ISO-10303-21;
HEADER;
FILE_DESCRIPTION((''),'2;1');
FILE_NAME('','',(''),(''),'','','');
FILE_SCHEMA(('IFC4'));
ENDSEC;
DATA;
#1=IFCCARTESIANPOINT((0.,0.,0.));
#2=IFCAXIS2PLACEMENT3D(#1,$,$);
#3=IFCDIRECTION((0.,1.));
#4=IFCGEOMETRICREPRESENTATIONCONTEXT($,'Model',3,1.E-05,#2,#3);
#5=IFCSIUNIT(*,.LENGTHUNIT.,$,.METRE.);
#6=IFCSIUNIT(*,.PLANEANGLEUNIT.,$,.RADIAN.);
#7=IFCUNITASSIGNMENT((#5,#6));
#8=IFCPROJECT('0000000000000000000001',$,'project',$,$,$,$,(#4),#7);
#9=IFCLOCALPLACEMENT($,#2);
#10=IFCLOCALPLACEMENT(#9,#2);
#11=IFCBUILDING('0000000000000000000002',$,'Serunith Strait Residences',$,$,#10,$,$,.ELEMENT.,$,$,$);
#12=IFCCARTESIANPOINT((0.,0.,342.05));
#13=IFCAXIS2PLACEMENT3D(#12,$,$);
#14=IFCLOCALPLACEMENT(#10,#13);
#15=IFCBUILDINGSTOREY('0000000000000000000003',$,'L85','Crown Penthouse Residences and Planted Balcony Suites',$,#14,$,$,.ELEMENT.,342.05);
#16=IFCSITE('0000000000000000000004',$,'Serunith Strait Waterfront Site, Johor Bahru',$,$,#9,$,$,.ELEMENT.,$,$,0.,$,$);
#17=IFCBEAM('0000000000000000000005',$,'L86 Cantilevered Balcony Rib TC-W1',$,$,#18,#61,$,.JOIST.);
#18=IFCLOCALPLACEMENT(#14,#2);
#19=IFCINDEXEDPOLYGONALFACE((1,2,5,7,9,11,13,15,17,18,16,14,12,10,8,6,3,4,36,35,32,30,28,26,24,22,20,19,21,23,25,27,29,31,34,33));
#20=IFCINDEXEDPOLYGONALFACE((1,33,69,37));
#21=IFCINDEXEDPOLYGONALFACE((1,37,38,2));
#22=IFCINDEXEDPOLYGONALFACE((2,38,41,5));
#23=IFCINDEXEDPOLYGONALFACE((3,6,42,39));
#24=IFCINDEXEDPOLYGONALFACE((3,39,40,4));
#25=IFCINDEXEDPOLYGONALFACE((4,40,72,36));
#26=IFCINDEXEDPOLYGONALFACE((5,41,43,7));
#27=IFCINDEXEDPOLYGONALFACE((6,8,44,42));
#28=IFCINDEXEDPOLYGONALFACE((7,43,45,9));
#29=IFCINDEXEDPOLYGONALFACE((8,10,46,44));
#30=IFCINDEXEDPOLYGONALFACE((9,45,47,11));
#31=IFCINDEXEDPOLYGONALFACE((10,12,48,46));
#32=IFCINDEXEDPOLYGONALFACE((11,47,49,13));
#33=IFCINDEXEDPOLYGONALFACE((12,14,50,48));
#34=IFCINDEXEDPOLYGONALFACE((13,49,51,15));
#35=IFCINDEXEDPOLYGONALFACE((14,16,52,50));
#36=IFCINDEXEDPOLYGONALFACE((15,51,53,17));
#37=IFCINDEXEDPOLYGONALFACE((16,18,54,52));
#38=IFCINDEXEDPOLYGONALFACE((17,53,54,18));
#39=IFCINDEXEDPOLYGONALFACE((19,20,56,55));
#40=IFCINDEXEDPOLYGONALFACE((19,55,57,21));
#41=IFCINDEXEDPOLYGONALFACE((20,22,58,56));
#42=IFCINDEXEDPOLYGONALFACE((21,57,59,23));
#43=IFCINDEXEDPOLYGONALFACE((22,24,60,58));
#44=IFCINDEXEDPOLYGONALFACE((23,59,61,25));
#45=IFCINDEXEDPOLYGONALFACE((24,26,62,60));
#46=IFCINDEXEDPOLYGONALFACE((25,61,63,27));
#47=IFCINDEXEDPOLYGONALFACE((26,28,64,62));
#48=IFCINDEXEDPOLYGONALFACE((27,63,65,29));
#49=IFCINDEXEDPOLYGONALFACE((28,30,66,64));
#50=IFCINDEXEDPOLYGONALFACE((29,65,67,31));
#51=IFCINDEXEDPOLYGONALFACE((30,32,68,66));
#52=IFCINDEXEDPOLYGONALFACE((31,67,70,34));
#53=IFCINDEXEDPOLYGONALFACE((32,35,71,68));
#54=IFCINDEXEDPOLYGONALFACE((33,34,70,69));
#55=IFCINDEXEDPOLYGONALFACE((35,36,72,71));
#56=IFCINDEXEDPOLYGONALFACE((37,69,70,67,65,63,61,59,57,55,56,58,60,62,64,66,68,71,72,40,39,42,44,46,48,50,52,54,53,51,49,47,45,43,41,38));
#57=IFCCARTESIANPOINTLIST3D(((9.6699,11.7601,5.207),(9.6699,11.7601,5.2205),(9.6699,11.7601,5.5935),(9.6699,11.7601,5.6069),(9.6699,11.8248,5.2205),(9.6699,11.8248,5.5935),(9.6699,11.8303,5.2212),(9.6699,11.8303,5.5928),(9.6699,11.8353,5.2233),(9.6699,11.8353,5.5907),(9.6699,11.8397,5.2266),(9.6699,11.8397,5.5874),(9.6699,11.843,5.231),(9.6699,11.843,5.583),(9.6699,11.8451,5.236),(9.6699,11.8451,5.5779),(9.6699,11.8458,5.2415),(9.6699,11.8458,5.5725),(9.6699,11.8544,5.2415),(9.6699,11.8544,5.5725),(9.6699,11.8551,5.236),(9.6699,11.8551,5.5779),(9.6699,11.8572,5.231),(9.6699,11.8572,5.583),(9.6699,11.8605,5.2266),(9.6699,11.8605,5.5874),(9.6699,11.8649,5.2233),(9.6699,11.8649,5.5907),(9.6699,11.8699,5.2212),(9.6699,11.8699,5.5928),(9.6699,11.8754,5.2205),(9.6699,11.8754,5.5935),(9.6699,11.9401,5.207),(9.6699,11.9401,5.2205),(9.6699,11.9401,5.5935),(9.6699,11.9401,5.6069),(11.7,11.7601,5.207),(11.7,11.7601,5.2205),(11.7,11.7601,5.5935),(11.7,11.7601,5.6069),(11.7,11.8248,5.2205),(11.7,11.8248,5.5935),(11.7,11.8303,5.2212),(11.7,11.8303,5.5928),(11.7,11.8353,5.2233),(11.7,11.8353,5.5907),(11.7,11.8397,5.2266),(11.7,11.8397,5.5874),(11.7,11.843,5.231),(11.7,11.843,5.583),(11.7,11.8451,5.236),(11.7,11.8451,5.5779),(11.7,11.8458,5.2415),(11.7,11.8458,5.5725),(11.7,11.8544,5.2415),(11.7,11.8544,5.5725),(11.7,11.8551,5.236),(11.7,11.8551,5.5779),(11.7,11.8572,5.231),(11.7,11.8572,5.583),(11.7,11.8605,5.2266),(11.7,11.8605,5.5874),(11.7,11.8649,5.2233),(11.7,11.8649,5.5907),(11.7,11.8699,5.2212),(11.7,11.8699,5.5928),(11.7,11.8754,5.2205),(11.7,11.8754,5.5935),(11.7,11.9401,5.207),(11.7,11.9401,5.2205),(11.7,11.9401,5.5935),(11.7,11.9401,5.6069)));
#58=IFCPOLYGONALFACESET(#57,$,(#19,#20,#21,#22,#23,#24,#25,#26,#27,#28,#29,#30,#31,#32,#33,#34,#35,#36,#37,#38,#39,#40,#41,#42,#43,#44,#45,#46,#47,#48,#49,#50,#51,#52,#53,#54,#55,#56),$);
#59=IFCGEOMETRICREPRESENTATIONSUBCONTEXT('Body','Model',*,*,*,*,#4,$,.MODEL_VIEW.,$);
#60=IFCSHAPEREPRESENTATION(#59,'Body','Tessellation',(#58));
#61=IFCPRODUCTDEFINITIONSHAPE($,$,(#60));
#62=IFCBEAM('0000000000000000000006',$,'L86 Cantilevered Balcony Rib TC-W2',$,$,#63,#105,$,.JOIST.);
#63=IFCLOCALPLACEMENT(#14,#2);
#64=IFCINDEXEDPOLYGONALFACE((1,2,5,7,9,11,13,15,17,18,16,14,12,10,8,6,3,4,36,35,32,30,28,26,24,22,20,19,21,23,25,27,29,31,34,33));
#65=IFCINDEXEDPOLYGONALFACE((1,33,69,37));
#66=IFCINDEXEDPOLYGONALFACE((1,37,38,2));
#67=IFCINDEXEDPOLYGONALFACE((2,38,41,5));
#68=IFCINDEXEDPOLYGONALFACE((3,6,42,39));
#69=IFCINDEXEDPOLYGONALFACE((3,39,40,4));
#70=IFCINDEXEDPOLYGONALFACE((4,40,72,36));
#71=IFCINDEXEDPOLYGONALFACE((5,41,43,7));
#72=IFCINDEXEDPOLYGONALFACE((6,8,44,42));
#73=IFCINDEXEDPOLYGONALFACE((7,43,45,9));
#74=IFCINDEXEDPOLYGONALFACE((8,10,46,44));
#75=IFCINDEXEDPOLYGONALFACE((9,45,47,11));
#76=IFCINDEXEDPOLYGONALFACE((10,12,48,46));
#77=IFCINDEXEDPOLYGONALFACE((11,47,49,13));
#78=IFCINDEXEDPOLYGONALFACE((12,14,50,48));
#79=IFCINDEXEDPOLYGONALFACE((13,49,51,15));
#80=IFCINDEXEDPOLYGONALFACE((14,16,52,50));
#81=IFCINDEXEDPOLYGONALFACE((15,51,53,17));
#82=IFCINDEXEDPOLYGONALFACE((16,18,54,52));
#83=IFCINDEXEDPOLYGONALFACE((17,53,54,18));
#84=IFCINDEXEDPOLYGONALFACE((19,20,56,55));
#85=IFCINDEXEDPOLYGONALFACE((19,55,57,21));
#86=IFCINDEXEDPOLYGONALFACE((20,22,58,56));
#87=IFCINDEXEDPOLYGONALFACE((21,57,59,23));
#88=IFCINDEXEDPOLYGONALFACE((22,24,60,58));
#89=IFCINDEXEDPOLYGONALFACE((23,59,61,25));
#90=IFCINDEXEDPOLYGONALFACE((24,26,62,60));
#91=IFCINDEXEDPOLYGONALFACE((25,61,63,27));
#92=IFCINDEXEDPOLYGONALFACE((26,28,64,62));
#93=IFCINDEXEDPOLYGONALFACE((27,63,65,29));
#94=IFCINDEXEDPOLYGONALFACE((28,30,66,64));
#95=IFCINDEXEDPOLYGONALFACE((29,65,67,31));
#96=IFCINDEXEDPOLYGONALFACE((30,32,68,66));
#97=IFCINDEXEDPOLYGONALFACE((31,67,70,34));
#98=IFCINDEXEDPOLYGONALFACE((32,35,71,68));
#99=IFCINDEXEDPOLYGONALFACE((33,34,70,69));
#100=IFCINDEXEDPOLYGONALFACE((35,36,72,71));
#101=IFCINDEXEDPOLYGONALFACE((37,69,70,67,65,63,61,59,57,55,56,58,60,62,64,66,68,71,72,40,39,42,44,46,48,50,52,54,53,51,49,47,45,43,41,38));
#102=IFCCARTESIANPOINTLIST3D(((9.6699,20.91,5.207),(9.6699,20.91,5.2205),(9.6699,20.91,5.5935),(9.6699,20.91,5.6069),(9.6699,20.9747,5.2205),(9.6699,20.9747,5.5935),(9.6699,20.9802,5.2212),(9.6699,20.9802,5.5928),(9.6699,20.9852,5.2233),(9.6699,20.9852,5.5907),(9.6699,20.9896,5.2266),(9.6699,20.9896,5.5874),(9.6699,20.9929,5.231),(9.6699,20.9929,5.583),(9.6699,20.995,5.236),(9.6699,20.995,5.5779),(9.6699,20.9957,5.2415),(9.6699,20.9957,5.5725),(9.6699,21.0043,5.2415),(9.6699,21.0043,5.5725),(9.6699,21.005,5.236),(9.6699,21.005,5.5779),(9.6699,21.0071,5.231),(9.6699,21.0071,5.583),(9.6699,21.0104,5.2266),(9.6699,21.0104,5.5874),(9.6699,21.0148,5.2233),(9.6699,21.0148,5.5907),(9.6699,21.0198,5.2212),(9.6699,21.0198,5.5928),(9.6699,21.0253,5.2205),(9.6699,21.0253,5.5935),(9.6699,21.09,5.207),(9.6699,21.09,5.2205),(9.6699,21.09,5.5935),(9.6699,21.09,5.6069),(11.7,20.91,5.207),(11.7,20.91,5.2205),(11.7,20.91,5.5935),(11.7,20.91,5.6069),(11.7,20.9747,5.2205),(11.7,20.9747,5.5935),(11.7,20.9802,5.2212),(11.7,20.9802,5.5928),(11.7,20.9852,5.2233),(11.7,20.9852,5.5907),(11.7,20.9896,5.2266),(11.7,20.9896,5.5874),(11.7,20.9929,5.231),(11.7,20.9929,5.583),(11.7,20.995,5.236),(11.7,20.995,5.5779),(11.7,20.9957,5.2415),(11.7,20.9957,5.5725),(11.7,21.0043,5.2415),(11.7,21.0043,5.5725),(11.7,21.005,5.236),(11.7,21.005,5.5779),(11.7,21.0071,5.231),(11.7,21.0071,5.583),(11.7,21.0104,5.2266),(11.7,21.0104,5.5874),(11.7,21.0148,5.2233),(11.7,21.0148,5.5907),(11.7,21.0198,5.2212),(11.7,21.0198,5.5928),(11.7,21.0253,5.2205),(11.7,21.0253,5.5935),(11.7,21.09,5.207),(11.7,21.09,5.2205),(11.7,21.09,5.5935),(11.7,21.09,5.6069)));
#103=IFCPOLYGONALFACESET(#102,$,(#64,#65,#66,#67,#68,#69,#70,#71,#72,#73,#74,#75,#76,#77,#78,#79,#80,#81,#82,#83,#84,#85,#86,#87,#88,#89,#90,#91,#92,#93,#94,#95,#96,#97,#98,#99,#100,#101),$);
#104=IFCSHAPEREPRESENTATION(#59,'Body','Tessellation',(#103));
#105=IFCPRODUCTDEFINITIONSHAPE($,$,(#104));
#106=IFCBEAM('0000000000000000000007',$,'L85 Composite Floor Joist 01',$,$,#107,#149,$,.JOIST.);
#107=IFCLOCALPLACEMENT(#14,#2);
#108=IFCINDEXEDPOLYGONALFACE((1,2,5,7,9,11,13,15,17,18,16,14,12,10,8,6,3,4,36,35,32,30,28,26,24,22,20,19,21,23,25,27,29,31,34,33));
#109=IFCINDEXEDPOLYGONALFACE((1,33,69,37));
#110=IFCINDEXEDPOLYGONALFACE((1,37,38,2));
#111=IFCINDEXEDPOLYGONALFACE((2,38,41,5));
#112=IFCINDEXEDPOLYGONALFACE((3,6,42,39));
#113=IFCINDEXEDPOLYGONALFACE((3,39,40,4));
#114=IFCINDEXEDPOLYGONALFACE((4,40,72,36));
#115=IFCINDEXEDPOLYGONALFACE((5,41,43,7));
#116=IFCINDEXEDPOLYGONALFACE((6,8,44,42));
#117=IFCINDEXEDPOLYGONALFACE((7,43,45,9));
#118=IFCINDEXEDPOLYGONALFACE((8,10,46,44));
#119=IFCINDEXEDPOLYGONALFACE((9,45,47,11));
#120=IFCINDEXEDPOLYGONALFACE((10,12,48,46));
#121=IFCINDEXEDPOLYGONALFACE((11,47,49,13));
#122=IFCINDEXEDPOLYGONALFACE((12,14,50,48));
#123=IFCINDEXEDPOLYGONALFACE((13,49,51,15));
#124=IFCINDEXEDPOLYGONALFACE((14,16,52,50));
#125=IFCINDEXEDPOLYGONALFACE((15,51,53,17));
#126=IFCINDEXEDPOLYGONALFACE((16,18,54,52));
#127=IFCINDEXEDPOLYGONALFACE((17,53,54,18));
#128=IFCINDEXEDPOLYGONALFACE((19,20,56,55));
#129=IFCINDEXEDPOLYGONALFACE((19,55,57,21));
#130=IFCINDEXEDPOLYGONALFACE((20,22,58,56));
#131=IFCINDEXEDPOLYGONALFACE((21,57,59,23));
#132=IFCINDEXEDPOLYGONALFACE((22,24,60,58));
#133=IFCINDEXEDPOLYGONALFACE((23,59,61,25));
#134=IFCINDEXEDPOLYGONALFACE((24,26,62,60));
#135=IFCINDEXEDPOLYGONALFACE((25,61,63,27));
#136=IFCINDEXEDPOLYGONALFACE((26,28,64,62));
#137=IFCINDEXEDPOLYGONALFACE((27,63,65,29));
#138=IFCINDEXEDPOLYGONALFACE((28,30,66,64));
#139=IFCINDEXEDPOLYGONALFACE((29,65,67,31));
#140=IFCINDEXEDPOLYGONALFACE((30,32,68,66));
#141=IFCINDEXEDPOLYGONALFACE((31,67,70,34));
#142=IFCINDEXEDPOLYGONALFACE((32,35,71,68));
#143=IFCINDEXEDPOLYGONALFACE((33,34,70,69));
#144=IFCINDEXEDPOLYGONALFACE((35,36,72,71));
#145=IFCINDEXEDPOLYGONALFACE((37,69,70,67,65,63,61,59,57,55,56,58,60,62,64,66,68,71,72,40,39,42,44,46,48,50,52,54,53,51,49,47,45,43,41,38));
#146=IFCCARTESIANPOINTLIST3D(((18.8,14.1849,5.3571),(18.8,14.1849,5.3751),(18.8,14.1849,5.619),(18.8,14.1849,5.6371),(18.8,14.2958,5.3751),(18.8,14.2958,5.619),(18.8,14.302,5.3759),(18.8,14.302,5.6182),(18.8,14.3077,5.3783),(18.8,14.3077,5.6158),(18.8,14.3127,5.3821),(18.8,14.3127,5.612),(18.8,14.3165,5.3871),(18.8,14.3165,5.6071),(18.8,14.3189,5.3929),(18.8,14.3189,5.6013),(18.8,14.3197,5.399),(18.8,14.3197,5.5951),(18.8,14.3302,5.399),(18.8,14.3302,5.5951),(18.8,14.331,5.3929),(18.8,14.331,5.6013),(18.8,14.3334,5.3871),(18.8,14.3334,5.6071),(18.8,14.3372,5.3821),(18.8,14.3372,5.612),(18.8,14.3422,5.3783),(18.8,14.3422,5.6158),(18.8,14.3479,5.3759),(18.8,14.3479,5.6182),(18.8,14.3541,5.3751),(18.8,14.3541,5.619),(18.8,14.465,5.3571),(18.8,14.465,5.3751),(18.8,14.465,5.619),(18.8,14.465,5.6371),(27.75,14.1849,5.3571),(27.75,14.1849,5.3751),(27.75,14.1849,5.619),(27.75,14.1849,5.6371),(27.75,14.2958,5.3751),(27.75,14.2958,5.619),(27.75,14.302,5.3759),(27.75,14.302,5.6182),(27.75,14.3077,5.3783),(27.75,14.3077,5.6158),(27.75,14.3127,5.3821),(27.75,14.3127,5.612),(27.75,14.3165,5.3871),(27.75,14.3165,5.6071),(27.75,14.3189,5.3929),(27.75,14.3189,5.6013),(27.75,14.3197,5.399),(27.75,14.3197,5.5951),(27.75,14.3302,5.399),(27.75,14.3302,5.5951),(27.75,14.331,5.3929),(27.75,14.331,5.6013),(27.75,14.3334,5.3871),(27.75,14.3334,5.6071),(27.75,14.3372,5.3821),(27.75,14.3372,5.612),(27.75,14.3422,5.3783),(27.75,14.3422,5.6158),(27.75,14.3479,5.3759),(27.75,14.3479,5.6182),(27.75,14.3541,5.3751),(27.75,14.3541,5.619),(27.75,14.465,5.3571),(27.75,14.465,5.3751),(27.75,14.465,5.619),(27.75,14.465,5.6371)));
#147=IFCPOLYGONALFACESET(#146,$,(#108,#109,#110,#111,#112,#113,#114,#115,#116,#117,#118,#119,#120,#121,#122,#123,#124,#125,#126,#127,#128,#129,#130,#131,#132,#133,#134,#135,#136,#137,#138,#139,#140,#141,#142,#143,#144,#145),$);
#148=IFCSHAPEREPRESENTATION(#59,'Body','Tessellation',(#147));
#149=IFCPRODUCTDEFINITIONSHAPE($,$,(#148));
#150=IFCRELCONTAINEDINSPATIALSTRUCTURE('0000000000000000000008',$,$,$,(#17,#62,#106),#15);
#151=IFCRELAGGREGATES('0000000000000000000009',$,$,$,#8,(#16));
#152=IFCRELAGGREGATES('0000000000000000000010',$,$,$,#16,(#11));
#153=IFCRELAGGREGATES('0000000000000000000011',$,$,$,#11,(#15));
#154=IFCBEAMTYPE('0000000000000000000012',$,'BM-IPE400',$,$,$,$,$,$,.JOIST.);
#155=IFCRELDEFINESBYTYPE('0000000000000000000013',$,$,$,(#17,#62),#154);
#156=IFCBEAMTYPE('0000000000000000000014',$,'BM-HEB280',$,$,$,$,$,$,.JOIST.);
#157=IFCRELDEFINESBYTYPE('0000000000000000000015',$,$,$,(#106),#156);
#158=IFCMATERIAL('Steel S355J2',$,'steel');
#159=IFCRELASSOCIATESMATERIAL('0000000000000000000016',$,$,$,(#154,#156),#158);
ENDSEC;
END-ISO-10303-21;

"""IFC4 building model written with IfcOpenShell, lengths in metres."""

from ifc_helpers import new_model, si_unit, direction, frame, origin, origin_2d, place, context, subcontext, project, spatial, i_section, extrude, source, transform, mapped, material, material_profile, profile_set, type_object, element, save


model = new_model("IFC4")

# Units and contexts
model_context = context("Model", 3, precision=1e-05, world=origin(), true_north=direction((0.0, 1.0)))
body_context = subcontext(model_context, "Body", "Model", "MODEL_VIEW")
ifc_project = project(units=[si_unit("LENGTHUNIT", "METRE"), si_unit("PLANEANGLEUNIT", "RADIAN")], contexts=[model_context])

# Site, building, storey
site_placement = place(None, origin())
site = spatial("IfcSite", under=ifc_project, at=site_placement, Name="Serunith Strait Waterfront Site, Johor Bahru", CompositionType="ELEMENT", RefElevation=0.0)
building_placement = place(site_placement, origin())
building = spatial("IfcBuilding", under=site, at=building_placement, Name="Serunith Strait Residences", CompositionType="ELEMENT")
storey_placement = place(building_placement, frame((0.0, 0.0, 342.05)))
storey = spatial("IfcBuildingStorey", under=building, at=storey_placement, Name="L85", Description="Crown Penthouse Residences and Planted Balcony Suites", CompositionType="ELEMENT", Elevation=342.05)

# Beams
ifc_material_1 = material(Name="Steel S355J2", Category="steel")
ifc_material_profile_1 = material_profile(ifc_material_1, i_section(OverallWidth=0.1799, OverallDepth=0.3999, WebThickness=0.0085, FlangeThickness=0.0134, FilletRadius=0.021, at=origin_2d()), Name="IPE 400")
ifc_profile_set_1 = profile_set([ifc_material_profile_1], Name="Steel S355J2")
beam_type_1 = type_object("IfcBeamType", Name="BM-IPE400", PredefinedType="JOIST", material=ifc_profile_set_1)
shared_shape_1 = source(origin(), body_context, "Body", "SweptSolid", [
    extrude(i_section(OverallWidth=0.1799, OverallDepth=0.3999, WebThickness=0.0085, FlangeThickness=0.0134, FilletRadius=0.021, at=origin_2d()), origin(), (0.0, 0.0, 1.0), 2.03),
])
for number, where, z_axis, x_axis, name in (
    (1, (11.7, 11.8501, 5.407), (-1.0, 0.0, 0.0), (0.0, -1.0, 0.0), "L86 Cantilevered Balcony Rib TC-W1"),
    (2, (11.7, 21.0, 5.407), (-1.0, 0.0, 0.0), (0.0, -1.0, 0.0), "L86 Cantilevered Balcony Rib TC-W2"),
):
    element("IfcBeam", number, at=place(storey_placement, frame(where, z_axis=z_axis, x_axis=x_axis)), inside=storey, type_object=beam_type_1, Name=name, PredefinedType="JOIST", context=body_context, shape_type="MappedRepresentation", body=[
        mapped(shared_shape_1, transform((0.0, 0.0, 0.0), scale=1.0)),
    ])
ifc_material_profile_2 = material_profile(ifc_material_1, i_section(OverallWidth=0.28, OverallDepth=0.28, WebThickness=0.0105, FlangeThickness=0.0181, FilletRadius=0.0239, at=origin_2d()), Name="HEB 280")
ifc_profile_set_2 = profile_set([ifc_material_profile_2], Name="Steel S355J2")
beam_type_2 = type_object("IfcBeamType", Name="BM-HEB280", PredefinedType="JOIST", material=ifc_profile_set_2)
shared_shape_2 = source(origin(), body_context, "Body", "SweptSolid", [
    extrude(i_section(OverallWidth=0.28, OverallDepth=0.28, WebThickness=0.0105, FlangeThickness=0.0181, FilletRadius=0.0239, at=origin_2d()), origin(), (0.0, 0.0, 1.0), 8.95),
])
beam_1_placement = place(storey_placement, frame((18.8, 14.325, 5.4971), z_axis=(1.0, 0.0, 0.0), x_axis=(0.0, 1.0, 0.0)))
element("IfcBeam", 3, at=beam_1_placement, inside=storey, type_object=beam_type_2, Name="L85 Composite Floor Joist 01", PredefinedType="JOIST", context=body_context, shape_type="MappedRepresentation", body=[
    mapped(shared_shape_2, transform((0.0, 0.0, 0.0), scale=1.0)),
])

save(model, "model.ifc")
